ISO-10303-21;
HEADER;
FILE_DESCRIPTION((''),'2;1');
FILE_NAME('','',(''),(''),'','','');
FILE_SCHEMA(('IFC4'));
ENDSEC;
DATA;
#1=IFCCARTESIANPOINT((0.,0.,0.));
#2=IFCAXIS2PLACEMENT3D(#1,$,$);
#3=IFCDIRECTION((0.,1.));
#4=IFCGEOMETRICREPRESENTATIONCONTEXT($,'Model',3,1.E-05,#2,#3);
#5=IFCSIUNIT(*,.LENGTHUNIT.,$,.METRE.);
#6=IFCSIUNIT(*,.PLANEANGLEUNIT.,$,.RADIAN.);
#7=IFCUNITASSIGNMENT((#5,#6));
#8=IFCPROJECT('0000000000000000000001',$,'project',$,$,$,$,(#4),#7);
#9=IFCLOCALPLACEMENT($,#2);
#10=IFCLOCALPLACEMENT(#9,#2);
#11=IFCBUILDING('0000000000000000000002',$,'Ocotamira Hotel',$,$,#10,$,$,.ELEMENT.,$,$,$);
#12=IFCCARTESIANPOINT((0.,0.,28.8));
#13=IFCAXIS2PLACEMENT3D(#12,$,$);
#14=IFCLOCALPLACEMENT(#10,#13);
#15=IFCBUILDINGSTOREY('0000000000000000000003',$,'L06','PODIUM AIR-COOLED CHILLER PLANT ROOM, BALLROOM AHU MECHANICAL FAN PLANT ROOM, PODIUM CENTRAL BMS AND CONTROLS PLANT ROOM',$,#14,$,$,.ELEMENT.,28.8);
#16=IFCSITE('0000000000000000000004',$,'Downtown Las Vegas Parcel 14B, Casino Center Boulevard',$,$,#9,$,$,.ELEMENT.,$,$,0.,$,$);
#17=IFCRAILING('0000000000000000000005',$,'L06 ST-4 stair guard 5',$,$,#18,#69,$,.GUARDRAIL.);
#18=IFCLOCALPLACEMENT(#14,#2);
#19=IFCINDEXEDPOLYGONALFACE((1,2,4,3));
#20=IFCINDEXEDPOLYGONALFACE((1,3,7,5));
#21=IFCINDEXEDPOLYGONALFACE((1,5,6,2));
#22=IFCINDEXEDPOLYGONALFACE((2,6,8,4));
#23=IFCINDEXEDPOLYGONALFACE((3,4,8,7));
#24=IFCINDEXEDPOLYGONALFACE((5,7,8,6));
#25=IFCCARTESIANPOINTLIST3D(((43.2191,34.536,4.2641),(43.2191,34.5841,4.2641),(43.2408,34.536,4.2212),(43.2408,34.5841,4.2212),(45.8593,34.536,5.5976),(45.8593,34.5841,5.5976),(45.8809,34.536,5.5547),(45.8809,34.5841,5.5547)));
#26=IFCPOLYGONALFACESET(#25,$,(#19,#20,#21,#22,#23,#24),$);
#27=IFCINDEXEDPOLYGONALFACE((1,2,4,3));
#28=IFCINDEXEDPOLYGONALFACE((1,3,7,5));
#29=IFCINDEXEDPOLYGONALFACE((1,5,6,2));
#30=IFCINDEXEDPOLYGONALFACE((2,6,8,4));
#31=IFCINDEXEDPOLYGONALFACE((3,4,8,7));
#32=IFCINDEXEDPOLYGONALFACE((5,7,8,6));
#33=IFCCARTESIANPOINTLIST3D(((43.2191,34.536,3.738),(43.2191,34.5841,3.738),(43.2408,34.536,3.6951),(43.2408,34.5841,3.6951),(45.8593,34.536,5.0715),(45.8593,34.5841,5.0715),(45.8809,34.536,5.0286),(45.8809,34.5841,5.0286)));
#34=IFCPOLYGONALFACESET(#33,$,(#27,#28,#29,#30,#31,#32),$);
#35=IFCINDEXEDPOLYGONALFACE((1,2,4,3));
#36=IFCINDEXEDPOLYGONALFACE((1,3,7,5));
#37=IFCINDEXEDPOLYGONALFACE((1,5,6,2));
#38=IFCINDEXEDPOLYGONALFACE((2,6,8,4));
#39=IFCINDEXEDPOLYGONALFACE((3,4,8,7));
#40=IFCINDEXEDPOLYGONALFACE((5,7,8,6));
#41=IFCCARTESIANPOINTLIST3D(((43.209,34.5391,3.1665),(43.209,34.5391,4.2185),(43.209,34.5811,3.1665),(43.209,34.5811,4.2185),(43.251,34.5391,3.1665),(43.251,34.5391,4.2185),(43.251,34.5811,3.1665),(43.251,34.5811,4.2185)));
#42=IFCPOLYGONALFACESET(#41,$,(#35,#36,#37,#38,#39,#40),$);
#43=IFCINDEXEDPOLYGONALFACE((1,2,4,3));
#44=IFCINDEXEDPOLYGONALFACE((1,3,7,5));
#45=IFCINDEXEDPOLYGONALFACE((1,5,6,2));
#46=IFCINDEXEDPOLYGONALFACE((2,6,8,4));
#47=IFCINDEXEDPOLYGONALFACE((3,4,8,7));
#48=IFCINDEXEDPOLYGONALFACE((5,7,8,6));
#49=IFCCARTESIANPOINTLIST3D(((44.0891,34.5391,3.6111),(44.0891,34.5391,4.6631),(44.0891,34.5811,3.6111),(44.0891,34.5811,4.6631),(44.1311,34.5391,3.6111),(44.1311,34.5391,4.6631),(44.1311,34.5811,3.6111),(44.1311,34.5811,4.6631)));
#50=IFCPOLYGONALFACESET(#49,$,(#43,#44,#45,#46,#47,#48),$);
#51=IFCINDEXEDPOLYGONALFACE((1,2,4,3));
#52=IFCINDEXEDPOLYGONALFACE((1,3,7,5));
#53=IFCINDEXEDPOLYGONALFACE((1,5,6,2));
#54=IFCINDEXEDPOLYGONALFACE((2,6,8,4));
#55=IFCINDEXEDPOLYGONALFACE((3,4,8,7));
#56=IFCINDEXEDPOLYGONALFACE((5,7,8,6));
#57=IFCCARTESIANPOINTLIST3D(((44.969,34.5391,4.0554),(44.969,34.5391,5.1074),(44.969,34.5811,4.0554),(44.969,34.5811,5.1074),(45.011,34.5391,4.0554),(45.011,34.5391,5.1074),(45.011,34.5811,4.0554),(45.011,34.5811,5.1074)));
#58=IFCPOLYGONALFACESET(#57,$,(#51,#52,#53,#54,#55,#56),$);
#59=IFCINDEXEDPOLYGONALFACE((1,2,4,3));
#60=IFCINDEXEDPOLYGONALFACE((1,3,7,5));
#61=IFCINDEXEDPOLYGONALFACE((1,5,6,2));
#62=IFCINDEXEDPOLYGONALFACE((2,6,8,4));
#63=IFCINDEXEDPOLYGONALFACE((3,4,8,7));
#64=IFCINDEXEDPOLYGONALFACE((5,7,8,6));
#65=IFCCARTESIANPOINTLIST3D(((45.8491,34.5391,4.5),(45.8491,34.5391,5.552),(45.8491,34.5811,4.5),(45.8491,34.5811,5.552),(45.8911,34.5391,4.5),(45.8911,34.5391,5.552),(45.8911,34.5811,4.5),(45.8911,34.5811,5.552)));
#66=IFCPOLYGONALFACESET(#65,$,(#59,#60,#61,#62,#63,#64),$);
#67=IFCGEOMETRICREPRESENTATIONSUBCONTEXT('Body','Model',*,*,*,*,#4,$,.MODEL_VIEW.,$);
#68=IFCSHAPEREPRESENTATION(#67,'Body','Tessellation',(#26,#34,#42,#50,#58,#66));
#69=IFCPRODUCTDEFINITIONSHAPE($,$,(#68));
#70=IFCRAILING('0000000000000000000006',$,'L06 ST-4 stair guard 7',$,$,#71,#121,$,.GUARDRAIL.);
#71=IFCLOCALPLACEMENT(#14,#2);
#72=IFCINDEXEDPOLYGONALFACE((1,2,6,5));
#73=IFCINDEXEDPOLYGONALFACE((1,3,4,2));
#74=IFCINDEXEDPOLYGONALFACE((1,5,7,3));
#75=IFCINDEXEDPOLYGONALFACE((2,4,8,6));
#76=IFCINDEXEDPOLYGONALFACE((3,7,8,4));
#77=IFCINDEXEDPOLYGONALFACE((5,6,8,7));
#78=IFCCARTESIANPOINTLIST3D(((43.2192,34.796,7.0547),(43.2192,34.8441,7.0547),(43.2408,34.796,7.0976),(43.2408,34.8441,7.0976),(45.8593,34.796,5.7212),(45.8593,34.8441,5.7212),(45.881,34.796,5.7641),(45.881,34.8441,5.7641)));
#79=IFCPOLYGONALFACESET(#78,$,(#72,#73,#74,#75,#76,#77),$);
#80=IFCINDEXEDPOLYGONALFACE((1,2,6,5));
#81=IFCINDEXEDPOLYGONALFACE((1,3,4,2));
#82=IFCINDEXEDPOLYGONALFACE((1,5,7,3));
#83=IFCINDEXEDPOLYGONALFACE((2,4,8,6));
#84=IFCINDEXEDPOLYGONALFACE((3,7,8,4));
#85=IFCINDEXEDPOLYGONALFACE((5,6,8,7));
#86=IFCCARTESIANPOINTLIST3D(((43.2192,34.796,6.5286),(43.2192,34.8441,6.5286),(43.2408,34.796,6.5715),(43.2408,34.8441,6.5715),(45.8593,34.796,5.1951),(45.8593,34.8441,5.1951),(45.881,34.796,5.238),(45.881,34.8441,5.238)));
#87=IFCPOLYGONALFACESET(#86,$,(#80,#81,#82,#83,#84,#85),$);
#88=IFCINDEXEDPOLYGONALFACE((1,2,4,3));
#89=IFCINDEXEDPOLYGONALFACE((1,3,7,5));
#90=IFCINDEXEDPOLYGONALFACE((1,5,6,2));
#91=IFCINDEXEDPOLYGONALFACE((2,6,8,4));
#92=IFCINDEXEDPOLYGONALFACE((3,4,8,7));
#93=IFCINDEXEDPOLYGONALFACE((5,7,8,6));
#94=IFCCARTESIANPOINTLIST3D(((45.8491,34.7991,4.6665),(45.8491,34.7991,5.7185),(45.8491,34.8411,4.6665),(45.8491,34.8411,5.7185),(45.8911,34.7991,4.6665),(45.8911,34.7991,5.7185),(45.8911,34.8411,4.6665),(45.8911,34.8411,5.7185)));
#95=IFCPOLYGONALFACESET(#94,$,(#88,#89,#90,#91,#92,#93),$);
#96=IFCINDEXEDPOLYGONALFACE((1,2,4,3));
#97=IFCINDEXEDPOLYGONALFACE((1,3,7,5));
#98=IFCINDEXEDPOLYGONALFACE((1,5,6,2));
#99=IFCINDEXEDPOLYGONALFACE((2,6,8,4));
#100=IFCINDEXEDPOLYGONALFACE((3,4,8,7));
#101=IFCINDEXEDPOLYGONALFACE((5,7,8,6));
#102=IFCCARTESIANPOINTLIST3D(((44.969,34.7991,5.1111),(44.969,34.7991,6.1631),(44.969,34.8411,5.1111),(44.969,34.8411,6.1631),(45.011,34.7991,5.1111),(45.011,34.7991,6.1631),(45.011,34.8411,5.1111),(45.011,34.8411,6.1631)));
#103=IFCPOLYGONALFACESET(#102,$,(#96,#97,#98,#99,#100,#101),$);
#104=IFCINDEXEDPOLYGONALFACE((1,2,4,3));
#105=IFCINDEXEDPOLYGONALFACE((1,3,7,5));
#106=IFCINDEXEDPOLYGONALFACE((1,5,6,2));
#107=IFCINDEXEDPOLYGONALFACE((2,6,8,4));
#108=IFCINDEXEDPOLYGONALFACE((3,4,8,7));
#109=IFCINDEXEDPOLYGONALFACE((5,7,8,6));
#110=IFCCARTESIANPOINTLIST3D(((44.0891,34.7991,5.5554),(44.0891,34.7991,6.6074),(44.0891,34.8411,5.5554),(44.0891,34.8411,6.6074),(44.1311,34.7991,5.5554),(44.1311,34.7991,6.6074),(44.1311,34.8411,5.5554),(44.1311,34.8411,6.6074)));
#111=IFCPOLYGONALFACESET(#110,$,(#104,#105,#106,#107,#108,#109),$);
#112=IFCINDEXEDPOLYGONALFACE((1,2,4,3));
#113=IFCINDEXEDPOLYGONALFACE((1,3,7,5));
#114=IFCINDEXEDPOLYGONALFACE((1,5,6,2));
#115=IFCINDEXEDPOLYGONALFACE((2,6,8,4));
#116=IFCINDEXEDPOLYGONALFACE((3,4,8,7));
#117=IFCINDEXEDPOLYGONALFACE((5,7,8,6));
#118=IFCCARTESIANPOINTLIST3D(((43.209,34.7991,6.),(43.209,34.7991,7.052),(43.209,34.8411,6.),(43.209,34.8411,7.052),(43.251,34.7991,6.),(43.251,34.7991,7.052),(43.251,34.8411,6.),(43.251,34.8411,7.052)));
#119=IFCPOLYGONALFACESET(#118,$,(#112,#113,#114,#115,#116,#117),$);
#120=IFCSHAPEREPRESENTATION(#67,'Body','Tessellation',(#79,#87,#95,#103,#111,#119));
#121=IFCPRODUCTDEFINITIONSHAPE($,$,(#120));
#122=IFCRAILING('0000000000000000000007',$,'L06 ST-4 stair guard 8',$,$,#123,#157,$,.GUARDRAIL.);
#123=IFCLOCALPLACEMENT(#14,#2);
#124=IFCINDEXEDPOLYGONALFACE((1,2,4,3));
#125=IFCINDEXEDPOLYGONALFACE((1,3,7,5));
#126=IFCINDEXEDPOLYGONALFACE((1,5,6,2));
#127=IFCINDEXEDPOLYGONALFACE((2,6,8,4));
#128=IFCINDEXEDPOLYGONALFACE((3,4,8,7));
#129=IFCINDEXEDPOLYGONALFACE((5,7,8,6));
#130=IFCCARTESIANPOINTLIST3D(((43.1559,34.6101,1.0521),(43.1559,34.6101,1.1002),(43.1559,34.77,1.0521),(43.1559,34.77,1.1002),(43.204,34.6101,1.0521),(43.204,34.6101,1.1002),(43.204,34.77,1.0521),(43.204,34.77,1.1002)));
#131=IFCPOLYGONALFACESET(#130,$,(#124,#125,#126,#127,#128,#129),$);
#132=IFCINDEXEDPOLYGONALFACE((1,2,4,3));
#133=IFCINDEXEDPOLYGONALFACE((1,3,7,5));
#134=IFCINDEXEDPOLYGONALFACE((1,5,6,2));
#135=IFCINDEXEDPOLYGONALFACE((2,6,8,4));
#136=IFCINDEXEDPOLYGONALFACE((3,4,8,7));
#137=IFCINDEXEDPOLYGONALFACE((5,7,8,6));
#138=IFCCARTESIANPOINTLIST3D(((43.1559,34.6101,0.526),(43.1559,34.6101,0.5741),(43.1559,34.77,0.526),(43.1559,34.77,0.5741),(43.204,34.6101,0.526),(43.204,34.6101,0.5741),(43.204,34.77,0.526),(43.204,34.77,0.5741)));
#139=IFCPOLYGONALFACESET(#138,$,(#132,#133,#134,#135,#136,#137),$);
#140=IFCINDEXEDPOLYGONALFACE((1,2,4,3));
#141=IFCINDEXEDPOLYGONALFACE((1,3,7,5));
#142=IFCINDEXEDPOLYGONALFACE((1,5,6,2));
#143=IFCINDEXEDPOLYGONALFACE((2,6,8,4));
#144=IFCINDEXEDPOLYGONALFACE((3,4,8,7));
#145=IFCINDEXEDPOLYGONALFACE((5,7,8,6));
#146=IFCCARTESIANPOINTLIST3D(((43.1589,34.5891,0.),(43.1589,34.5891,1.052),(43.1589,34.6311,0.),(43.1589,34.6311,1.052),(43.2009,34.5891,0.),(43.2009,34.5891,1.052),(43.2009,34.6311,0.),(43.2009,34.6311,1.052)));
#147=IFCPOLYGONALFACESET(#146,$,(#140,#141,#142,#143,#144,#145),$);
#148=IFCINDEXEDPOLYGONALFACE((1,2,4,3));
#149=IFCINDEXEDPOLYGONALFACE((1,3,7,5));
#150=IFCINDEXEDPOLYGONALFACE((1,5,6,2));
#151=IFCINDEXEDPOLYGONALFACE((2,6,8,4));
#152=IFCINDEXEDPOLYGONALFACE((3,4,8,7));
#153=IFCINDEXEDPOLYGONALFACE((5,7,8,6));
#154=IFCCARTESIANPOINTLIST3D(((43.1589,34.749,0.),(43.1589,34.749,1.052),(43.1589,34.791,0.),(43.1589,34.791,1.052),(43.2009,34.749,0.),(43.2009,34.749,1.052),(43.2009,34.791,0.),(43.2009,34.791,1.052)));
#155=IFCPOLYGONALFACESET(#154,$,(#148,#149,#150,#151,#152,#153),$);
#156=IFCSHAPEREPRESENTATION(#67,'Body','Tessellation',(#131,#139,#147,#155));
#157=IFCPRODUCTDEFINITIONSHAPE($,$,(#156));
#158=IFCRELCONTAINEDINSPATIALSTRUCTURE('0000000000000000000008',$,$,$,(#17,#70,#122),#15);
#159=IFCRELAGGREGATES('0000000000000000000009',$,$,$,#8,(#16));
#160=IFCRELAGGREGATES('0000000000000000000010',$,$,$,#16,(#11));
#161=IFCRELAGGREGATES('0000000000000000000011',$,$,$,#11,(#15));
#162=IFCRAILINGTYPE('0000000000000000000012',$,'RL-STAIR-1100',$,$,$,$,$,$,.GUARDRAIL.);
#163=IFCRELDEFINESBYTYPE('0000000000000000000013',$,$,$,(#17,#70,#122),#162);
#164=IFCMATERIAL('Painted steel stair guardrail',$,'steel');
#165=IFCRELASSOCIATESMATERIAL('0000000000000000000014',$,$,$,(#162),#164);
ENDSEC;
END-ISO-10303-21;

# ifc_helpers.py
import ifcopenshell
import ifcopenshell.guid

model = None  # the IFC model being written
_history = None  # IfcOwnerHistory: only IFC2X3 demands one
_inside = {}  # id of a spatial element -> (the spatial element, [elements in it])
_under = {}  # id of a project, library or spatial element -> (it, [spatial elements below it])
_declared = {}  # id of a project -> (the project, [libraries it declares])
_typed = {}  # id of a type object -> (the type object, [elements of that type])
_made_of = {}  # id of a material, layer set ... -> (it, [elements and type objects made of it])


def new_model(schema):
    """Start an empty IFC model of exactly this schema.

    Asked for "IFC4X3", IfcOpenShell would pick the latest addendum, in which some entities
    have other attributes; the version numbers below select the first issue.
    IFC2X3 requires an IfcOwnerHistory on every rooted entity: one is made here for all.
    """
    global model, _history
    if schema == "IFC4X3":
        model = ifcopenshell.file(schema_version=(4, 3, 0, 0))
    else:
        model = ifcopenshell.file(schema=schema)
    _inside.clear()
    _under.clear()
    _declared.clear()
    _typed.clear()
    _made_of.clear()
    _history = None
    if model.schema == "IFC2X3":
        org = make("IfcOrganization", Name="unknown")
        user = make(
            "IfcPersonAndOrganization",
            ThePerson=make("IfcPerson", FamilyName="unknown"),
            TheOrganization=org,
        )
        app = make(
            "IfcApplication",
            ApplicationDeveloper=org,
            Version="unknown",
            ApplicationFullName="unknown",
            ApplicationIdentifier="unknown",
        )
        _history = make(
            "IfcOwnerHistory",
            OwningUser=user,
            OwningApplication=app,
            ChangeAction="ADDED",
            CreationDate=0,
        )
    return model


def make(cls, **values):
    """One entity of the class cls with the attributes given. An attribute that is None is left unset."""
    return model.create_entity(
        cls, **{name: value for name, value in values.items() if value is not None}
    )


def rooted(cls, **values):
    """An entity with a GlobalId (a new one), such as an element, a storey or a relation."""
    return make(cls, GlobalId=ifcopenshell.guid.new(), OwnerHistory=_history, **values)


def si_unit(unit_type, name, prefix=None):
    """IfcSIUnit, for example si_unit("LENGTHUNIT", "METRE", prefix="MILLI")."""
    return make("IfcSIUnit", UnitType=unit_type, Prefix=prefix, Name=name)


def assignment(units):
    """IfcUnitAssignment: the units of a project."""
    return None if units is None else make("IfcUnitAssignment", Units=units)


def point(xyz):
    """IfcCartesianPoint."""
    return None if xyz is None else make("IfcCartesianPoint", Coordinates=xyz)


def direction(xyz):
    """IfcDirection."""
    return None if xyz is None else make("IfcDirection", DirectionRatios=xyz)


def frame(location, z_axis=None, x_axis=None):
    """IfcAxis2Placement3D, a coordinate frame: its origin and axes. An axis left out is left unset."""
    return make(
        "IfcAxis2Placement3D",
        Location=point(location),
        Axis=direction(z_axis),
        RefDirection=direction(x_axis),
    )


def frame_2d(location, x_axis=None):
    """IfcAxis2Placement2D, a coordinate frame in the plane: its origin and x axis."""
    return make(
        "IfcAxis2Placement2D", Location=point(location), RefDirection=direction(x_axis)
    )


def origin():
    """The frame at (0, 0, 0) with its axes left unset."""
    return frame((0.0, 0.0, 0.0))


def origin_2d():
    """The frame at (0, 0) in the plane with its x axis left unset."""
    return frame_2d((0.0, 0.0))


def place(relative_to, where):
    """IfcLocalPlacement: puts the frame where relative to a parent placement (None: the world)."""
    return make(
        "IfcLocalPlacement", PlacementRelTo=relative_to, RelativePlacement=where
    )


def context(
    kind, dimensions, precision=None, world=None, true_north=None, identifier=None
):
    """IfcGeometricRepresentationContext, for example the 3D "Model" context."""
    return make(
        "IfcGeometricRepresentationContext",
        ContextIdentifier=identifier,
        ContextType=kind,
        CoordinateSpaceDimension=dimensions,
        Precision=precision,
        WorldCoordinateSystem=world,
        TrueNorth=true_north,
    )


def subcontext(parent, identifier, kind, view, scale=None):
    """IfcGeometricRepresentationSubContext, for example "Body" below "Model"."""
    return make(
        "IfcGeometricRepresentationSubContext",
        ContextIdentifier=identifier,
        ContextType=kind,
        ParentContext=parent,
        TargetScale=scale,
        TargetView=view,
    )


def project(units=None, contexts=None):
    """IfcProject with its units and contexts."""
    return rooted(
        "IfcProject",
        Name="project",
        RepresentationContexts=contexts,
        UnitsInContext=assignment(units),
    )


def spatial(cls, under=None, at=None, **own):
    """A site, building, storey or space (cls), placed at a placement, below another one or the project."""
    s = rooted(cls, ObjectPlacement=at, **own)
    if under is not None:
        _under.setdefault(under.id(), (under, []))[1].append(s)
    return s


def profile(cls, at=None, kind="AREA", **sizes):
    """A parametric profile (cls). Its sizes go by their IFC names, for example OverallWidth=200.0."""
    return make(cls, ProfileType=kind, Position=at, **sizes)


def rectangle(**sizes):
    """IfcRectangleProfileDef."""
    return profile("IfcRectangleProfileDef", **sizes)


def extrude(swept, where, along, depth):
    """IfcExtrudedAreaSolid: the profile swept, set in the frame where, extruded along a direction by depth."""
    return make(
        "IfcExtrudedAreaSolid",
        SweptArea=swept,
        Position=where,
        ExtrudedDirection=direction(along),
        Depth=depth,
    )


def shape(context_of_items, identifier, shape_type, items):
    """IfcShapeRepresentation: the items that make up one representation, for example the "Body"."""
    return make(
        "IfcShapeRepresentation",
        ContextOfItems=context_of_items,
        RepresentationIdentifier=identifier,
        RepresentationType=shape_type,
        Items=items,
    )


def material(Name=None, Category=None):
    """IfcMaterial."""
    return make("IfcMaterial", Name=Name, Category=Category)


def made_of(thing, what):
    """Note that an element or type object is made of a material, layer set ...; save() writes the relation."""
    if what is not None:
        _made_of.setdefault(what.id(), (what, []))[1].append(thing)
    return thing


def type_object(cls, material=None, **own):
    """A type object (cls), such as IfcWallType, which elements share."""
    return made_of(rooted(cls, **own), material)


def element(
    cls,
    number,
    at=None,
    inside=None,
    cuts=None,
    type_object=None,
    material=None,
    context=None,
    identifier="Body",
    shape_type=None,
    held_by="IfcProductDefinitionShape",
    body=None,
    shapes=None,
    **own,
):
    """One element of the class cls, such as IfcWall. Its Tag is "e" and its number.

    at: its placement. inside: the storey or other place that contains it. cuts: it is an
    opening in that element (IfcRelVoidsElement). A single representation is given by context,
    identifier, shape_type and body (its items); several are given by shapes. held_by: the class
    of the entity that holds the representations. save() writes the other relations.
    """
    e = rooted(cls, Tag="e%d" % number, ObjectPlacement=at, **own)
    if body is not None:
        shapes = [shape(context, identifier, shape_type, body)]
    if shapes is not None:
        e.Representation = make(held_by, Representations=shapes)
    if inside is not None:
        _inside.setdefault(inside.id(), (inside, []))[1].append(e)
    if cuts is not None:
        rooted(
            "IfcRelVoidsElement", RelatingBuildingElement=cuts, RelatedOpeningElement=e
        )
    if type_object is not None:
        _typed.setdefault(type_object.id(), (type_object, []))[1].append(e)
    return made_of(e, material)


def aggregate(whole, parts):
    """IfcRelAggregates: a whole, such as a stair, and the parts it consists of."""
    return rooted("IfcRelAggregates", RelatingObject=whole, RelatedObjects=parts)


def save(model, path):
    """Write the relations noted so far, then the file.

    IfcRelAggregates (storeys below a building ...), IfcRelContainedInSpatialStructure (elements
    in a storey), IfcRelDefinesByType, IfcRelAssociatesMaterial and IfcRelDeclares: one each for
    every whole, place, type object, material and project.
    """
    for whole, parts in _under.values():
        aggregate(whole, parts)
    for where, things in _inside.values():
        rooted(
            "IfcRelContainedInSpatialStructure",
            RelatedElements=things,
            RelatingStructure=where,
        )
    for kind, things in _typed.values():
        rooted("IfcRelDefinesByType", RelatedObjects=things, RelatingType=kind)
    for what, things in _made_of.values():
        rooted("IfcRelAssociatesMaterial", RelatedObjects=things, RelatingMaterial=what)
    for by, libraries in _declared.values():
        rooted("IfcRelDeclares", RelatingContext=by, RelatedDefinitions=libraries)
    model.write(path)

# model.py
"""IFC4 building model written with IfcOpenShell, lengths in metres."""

from ifc_helpers import new_model, si_unit, direction, frame, origin, origin_2d, place, context, subcontext, project, spatial, rectangle, extrude, material, type_object, element, save


model = new_model("IFC4")

# Units and contexts
model_context = context("Model", 3, precision=1e-05, world=origin(), true_north=direction((0.0, 1.0)))
body_context = subcontext(model_context, "Body", "Model", "MODEL_VIEW")
ifc_project = project(units=[si_unit("LENGTHUNIT", "METRE"), si_unit("PLANEANGLEUNIT", "RADIAN")], contexts=[model_context])

# Site, building, storey
site_placement = place(None, origin())
site = spatial("IfcSite", under=ifc_project, at=site_placement, Name="Downtown Las Vegas Parcel 14B, Casino Center Boulevard", CompositionType="ELEMENT", RefElevation=0.0)
building_placement = place(site_placement, origin())
building = spatial("IfcBuilding", under=site, at=building_placement, Name="Ocotamira Hotel", CompositionType="ELEMENT")
storey_placement = place(building_placement, frame((0.0, 0.0, 28.8)))
storey = spatial("IfcBuildingStorey", under=building, at=storey_placement, Name="L06", Description="PODIUM AIR-COOLED CHILLER PLANT ROOM, BALLROOM AHU MECHANICAL FAN PLANT ROOM, PODIUM CENTRAL BMS AND CONTROLS PLANT ROOM", CompositionType="ELEMENT", Elevation=28.8)

# Railings
ifc_material_1 = material(Name="Painted steel stair guardrail", Category="steel")
railing_type_1 = type_object("IfcRailingType", Name="RL-STAIR-1100", PredefinedType="GUARDRAIL", material=ifc_material_1)
railing_1_placement = place(storey_placement, frame((43.23, 34.5601, 3.1665)))
element("IfcRailing", 1, at=railing_1_placement, inside=storey, type_object=railing_type_1, Name="L06 ST-4 stair guard 5", PredefinedType="GUARDRAIL", context=body_context, shape_type="SweptSolid", body=[
    extrude(rectangle(XDim=0.0481, YDim=0.0481, at=origin_2d()), frame((0.0, 0.0, 1.0762), z_axis=(0.892604, 0.0, 0.450842), x_axis=(0.0, 1.0, 0.0)), (0.0, 0.0, 1.0), 2.9578),
    extrude(rectangle(XDim=0.0481, YDim=0.0481, at=origin_2d()), frame((0.0, 0.0, 0.55), z_axis=(0.892604, 0.0, 0.450842), x_axis=(0.0, 1.0, 0.0)), (0.0, 0.0, 1.0), 2.9578),
    extrude(rectangle(XDim=0.042, YDim=0.042, at=origin_2d()), origin(), (0.0, 0.0, 1.0), 1.052),
    extrude(rectangle(XDim=0.042, YDim=0.042, at=origin_2d()), frame((0.8801, 0.0, 0.4446)), (0.0, 0.0, 1.0), 1.052),
    extrude(rectangle(XDim=0.042, YDim=0.042, at=origin_2d()), frame((1.76, 0.0, 0.8889)), (0.0, 0.0, 1.0), 1.052),
    extrude(rectangle(XDim=0.042, YDim=0.042, at=origin_2d()), frame((2.6401, 0.0, 1.3335)), (0.0, 0.0, 1.0), 1.052),
])
railing_2_placement = place(storey_placement, frame((45.8701, 34.8201, 4.6665)))
element("IfcRailing", 2, at=railing_2_placement, inside=storey, type_object=railing_type_1, Name="L06 ST-4 stair guard 7", PredefinedType="GUARDRAIL", context=body_context, shape_type="SweptSolid", body=[
    extrude(rectangle(XDim=0.0481, YDim=0.0481, at=origin_2d()), frame((0.0, 0.0, 1.0762), z_axis=(-0.892604, 0.0, 0.450842), x_axis=(0.0, -1.0, 0.0)), (0.0, 0.0, 1.0), 2.9578),
    extrude(rectangle(XDim=0.0481, YDim=0.0481, at=origin_2d()), frame((0.0, 0.0, 0.55), z_axis=(-0.892604, 0.0, 0.450842), x_axis=(0.0, -1.0, 0.0)), (0.0, 0.0, 1.0), 2.9578),
    extrude(rectangle(XDim=0.042, YDim=0.042, at=origin_2d()), origin(), (0.0, 0.0, 1.0), 1.052),
    extrude(rectangle(XDim=0.042, YDim=0.042, at=origin_2d()), frame((-0.8801, 0.0, 0.4446)), (0.0, 0.0, 1.0), 1.052),
    extrude(rectangle(XDim=0.042, YDim=0.042, at=origin_2d()), frame((-1.76, 0.0, 0.8889)), (0.0, 0.0, 1.0), 1.052),
    extrude(rectangle(XDim=0.042, YDim=0.042, at=origin_2d()), frame((-2.6401, 0.0, 1.3335)), (0.0, 0.0, 1.0), 1.052),
])
railing_3_placement = place(storey_placement, frame((43.1799, 34.6101, 0.0)))
element("IfcRailing", 3, at=railing_3_placement, inside=storey, type_object=railing_type_1, Name="L06 ST-4 stair guard 8", PredefinedType="GUARDRAIL", context=body_context, shape_type="SweptSolid", body=[
    extrude(rectangle(XDim=0.0481, YDim=0.0481, at=origin_2d()), frame((0.0, 0.0, 1.0762), z_axis=(0.0, 1.0, 0.0), x_axis=(-1.0, 0.0, 0.0)), (0.0, 0.0, 1.0), 0.1599),
    extrude(rectangle(XDim=0.0481, YDim=0.0481, at=origin_2d()), frame((0.0, 0.0, 0.55), z_axis=(0.0, 1.0, 0.0), x_axis=(-1.0, 0.0, 0.0)), (0.0, 0.0, 1.0), 0.1599),
    extrude(rectangle(XDim=0.042, YDim=0.042, at=origin_2d()), origin(), (0.0, 0.0, 1.0), 1.052),
    extrude(rectangle(XDim=0.042, YDim=0.042, at=origin_2d()), frame((0.0, 0.1599, 0.0)), (0.0, 0.0, 1.0), 1.052),
])

save(model, "model.ifc")
